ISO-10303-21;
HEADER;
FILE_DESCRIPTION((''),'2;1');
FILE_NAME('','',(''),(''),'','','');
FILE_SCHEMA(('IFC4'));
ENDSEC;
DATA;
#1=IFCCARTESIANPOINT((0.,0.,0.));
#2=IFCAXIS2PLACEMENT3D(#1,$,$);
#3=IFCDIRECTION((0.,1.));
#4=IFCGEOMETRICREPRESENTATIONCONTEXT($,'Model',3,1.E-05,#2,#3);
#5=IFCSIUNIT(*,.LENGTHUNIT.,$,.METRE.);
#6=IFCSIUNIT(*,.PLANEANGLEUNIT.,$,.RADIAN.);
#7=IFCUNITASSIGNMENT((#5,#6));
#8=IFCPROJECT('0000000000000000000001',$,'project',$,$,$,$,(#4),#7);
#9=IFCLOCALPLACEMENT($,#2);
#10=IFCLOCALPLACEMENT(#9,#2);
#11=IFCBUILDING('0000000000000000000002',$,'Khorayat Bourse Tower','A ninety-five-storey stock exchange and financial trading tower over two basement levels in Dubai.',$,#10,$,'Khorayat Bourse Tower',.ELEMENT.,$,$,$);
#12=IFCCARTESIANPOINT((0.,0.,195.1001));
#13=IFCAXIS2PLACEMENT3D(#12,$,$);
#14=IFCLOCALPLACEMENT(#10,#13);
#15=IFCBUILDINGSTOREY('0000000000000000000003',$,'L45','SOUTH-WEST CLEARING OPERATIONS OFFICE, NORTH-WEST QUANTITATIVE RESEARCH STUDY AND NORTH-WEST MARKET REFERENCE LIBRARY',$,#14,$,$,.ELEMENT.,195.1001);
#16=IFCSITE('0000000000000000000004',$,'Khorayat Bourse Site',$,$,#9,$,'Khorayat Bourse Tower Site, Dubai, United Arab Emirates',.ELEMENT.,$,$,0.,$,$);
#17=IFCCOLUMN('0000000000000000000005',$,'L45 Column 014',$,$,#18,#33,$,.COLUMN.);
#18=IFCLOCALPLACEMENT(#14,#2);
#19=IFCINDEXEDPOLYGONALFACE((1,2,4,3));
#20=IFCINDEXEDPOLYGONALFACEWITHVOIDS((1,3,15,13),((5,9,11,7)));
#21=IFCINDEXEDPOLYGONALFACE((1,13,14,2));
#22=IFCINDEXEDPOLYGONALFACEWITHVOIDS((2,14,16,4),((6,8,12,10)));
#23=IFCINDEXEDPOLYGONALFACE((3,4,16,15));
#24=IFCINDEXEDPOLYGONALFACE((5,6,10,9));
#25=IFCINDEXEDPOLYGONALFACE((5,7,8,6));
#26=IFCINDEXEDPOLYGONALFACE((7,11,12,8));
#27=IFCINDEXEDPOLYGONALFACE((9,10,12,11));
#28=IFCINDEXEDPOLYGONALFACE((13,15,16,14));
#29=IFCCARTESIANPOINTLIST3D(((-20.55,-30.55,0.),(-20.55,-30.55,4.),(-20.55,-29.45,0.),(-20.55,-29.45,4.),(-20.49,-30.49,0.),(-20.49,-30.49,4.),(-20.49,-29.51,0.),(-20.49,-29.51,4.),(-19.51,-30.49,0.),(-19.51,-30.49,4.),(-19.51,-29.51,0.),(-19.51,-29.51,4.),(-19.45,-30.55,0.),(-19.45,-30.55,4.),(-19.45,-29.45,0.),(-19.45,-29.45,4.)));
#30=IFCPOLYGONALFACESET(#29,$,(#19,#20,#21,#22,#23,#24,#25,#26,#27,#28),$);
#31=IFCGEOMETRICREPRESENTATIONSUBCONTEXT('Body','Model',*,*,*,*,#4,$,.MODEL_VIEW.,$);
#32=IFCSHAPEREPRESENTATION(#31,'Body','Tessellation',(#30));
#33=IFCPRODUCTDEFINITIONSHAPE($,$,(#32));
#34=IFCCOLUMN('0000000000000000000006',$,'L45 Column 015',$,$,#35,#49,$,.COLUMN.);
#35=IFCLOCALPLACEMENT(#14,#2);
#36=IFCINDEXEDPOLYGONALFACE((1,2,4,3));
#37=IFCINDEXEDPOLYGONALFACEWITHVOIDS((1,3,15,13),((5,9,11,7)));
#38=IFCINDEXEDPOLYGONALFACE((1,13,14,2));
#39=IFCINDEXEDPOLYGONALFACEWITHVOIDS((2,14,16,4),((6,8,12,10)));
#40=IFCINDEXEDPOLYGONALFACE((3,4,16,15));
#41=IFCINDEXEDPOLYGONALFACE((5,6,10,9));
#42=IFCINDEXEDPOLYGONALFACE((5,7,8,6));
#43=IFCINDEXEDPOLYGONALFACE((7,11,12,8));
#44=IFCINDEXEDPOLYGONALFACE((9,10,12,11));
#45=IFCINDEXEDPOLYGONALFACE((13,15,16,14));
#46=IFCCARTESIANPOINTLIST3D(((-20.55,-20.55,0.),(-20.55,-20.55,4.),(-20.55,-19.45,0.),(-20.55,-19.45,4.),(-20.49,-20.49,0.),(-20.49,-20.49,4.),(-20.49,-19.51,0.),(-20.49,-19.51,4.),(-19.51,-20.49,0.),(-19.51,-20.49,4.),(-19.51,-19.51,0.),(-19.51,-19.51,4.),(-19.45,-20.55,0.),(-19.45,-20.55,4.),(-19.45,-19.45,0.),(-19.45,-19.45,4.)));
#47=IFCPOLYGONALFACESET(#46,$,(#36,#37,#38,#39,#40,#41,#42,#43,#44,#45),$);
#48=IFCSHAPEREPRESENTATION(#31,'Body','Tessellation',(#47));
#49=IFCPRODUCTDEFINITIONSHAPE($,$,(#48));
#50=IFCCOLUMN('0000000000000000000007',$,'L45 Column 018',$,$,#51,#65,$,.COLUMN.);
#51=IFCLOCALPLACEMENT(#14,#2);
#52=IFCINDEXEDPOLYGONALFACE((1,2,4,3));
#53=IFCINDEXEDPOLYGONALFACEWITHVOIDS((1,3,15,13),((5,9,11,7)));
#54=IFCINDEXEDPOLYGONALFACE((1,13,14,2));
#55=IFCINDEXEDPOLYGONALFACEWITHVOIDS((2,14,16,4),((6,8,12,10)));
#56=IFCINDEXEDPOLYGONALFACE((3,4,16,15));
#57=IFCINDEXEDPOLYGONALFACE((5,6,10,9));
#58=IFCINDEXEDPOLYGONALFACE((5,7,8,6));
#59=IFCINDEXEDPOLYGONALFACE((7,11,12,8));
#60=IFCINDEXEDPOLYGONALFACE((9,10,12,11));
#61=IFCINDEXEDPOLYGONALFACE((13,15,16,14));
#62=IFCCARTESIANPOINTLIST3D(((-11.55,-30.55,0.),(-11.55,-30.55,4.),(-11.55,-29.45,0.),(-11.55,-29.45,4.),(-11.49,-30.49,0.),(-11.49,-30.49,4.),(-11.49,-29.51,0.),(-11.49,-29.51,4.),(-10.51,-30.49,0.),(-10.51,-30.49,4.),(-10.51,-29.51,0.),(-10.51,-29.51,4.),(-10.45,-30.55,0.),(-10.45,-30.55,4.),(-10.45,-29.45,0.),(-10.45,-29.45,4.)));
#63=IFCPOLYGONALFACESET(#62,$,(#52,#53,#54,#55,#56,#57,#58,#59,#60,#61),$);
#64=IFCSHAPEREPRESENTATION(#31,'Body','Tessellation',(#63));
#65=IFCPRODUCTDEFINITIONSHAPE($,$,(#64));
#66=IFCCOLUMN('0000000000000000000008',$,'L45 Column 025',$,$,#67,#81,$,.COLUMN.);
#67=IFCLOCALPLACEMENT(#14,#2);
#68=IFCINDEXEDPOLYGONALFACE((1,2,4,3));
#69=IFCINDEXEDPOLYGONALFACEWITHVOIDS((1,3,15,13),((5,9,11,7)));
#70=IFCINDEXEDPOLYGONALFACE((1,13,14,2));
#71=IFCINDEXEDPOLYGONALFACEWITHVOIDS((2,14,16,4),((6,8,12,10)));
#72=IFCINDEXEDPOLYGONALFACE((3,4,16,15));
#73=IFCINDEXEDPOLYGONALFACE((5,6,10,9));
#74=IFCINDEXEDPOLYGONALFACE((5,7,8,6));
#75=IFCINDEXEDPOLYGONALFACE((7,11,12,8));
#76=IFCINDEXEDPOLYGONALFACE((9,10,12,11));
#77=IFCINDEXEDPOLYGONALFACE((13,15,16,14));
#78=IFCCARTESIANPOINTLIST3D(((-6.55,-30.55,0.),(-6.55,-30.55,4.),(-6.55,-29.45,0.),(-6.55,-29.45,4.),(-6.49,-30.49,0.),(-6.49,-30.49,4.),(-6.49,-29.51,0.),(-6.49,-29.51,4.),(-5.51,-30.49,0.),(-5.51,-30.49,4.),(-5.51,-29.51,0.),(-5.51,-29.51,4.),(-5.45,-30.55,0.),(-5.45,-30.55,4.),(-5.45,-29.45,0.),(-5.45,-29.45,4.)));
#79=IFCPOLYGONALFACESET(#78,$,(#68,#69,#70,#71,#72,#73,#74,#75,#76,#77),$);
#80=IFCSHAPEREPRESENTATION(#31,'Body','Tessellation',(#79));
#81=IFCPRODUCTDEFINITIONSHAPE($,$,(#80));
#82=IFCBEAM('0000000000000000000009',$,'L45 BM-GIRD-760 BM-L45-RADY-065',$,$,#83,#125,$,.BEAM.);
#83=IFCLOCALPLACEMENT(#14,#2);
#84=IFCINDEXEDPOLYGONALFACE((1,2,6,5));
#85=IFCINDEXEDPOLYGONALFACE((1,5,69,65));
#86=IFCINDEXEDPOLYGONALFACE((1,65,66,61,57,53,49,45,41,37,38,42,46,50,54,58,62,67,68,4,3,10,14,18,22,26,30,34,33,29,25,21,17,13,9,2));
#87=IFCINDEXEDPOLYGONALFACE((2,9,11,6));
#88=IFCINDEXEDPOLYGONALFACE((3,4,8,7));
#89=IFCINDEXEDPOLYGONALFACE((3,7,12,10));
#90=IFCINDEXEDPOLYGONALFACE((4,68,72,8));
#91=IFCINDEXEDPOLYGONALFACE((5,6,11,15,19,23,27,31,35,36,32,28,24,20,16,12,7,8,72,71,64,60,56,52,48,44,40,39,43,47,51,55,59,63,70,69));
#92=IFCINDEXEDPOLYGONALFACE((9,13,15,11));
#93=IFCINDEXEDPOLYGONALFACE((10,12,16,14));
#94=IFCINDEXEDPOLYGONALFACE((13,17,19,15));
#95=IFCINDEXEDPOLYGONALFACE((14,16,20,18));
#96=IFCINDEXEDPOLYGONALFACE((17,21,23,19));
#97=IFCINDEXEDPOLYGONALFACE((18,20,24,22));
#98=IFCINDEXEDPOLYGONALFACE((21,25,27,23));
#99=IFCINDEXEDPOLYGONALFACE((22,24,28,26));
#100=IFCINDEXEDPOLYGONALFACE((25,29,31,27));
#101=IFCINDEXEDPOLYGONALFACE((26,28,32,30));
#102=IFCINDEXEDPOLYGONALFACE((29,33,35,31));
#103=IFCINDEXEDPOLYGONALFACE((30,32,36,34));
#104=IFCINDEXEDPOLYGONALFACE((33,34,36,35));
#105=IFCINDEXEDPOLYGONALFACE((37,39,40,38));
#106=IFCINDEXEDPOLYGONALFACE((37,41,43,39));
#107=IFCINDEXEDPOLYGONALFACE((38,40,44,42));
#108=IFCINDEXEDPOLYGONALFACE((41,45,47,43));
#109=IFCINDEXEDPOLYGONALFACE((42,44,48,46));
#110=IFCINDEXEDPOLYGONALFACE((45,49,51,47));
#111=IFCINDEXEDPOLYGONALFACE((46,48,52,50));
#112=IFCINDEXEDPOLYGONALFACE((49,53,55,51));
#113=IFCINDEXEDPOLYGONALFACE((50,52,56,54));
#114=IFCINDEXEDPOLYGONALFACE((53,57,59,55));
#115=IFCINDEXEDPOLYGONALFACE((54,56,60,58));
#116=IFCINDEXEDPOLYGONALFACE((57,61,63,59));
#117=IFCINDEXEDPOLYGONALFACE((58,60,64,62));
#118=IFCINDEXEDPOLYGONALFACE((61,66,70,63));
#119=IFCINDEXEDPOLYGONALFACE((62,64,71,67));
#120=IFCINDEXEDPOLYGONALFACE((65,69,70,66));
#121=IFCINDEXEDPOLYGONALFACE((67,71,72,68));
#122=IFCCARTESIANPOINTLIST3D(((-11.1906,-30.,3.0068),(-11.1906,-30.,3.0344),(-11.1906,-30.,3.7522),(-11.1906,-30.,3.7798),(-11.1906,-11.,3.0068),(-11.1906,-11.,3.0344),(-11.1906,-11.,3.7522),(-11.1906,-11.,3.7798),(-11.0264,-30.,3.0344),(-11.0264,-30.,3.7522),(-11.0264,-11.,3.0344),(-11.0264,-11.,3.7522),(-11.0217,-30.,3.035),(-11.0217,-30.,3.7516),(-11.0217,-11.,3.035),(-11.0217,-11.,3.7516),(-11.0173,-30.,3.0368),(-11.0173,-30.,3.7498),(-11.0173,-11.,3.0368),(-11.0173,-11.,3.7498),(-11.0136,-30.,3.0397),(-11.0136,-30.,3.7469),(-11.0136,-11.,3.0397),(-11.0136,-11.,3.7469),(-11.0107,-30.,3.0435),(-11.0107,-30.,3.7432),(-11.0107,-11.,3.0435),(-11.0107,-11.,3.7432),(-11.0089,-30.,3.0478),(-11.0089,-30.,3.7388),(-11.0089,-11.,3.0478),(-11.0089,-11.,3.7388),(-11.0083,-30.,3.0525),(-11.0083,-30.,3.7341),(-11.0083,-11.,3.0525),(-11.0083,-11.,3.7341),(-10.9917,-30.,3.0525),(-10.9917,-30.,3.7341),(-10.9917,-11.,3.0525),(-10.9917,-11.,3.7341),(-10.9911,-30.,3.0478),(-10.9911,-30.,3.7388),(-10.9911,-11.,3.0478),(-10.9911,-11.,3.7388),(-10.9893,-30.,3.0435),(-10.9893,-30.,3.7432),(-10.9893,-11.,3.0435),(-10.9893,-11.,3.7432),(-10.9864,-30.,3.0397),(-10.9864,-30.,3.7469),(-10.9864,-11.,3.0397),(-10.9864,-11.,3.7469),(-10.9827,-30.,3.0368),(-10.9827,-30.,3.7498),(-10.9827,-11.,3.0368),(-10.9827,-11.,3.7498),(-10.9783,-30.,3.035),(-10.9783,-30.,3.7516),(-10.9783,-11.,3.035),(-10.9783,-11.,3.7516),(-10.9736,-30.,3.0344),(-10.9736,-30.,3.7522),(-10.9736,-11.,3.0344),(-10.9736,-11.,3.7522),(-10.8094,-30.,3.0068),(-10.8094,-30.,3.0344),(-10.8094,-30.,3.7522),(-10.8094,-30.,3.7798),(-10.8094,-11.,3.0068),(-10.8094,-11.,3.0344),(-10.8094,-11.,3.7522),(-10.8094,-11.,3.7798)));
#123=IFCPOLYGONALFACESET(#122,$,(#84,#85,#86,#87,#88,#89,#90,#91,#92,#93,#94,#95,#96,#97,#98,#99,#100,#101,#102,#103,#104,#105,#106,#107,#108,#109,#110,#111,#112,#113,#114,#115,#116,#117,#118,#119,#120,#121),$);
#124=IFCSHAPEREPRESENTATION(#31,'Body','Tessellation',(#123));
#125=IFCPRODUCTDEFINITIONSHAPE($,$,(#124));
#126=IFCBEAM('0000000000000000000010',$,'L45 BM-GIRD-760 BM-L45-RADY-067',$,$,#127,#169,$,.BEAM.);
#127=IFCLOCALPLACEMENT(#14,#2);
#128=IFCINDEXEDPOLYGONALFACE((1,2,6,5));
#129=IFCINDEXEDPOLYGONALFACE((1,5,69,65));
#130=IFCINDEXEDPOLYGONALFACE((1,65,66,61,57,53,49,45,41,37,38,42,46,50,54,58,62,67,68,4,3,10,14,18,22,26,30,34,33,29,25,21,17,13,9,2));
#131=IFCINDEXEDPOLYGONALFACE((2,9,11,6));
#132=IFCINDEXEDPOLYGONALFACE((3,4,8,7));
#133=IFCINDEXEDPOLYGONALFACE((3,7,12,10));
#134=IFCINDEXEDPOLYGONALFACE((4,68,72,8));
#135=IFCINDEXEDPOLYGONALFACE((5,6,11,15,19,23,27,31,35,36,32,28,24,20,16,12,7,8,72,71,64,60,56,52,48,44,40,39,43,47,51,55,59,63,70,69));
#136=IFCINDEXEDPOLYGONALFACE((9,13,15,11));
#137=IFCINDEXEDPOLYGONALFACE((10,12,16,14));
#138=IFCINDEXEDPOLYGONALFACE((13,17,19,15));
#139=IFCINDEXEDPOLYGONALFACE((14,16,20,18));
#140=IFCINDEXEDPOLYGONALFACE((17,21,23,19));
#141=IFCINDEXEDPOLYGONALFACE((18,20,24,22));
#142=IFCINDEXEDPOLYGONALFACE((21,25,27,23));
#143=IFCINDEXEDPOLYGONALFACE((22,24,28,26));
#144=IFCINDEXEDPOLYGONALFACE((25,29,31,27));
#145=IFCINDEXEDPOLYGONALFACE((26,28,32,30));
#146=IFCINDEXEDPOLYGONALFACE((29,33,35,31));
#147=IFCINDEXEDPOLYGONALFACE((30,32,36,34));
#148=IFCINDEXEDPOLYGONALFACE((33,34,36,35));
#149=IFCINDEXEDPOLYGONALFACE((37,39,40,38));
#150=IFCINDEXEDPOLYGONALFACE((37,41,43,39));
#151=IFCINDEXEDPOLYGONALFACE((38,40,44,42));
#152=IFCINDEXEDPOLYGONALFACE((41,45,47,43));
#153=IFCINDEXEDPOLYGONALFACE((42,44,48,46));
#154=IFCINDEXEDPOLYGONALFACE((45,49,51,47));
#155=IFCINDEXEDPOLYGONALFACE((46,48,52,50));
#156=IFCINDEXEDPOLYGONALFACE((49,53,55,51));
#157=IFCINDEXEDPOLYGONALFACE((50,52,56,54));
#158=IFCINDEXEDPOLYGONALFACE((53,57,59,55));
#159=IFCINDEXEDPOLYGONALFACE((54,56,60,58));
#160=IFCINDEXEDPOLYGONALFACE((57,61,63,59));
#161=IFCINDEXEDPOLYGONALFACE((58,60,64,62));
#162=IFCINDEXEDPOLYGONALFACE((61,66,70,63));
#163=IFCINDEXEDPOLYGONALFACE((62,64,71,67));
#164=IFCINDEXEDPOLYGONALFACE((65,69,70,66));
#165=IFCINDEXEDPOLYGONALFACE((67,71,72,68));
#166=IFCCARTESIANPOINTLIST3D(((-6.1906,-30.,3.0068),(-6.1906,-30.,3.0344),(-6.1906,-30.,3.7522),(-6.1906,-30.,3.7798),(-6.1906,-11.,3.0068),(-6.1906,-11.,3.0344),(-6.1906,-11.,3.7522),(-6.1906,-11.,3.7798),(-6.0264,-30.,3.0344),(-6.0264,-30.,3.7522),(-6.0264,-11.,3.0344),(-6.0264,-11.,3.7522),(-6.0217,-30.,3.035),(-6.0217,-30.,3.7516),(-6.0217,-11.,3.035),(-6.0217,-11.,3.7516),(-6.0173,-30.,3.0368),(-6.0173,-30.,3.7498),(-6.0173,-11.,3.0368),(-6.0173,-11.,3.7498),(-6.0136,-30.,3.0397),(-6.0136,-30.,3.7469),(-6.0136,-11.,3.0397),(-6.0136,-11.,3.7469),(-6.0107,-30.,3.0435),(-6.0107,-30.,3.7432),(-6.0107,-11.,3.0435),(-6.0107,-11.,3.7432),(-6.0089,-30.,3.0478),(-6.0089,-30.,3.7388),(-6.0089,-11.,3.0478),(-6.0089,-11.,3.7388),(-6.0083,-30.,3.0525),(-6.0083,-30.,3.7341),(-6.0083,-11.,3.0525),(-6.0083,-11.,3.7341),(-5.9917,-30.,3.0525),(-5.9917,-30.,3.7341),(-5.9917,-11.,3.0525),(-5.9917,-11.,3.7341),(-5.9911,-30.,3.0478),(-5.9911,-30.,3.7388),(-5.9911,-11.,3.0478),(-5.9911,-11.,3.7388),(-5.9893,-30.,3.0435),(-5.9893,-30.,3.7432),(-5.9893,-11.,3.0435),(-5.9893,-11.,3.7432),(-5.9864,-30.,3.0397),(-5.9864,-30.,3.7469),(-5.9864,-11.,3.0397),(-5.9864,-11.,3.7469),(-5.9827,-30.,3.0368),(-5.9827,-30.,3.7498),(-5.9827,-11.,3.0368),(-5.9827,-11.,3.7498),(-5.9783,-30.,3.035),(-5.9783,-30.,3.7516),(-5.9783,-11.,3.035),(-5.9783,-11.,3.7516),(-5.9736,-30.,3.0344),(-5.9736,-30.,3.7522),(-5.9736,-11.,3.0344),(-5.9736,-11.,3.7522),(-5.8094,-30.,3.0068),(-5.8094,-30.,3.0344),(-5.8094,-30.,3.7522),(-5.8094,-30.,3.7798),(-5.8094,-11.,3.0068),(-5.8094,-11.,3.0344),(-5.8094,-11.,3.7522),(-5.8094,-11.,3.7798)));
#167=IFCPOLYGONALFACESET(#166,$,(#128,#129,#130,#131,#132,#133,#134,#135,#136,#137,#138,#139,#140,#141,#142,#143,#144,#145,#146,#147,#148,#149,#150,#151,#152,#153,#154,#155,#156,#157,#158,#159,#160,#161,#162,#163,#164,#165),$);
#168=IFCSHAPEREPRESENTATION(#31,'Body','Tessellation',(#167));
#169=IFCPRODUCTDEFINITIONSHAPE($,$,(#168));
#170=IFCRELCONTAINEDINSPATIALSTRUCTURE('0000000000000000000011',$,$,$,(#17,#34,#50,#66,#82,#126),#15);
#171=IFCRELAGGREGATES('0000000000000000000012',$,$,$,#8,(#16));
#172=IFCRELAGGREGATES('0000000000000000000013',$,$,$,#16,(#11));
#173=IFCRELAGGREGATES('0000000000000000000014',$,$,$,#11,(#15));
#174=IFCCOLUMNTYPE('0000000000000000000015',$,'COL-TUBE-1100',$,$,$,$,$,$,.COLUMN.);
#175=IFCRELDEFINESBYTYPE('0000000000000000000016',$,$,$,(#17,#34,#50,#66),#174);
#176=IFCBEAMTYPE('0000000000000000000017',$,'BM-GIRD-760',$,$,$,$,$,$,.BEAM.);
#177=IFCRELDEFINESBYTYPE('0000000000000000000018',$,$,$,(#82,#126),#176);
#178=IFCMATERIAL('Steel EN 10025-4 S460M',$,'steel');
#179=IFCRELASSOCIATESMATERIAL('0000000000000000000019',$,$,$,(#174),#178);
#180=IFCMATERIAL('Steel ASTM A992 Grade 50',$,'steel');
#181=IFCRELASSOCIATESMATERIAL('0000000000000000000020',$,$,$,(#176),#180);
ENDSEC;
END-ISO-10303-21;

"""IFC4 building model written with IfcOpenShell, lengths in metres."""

from ifc_helpers import new_model, si_unit, direction, frame, origin, origin_2d, place, context, subcontext, project, spatial, hollow_rectangle, i_section, extrude, source, transform, mapped, material, material_profile, profile_set, type_object, element, save


model = new_model("IFC4")

# Units and contexts
model_context = context("Model", 3, precision=1e-05, world=origin(), true_north=direction((0.0, 1.0)))
body_context = subcontext(model_context, "Body", "Model", "MODEL_VIEW")
ifc_project = project(units=[si_unit("LENGTHUNIT", "METRE"), si_unit("PLANEANGLEUNIT", "RADIAN")], contexts=[model_context])

# Site, building, storey
site_placement = place(None, origin())
site = spatial("IfcSite", under=ifc_project, at=site_placement, Name="Khorayat Bourse Site", LongName="Khorayat Bourse Tower Site, Dubai, United Arab Emirates", CompositionType="ELEMENT", RefElevation=0.0)
building_placement = place(site_placement, origin())
building = spatial("IfcBuilding", under=site, at=building_placement, Name="Khorayat Bourse Tower", Description="A ninety-five-storey stock exchange and financial trading tower over two basement levels in Dubai.", LongName="Khorayat Bourse Tower", CompositionType="ELEMENT")
storey_placement = place(building_placement, frame((0.0, 0.0, 195.1001)))
storey = spatial("IfcBuildingStorey", under=building, at=storey_placement, Name="L45", Description="SOUTH-WEST CLEARING OPERATIONS OFFICE, NORTH-WEST QUANTITATIVE RESEARCH STUDY AND NORTH-WEST MARKET REFERENCE LIBRARY", CompositionType="ELEMENT", Elevation=195.1001)

# Columns
ifc_material_1 = material(Name="Steel EN 10025-4 S460M", Category="steel")
ifc_material_profile_1 = material_profile(ifc_material_1, hollow_rectangle(XDim=1.1001, YDim=1.1001, WallThickness=0.0601, at=origin_2d()), Name="BOX 1100x1100x60")
ifc_profile_set_1 = profile_set([ifc_material_profile_1], Name="Steel EN 10025-4 S460M")
column_type = type_object("IfcColumnType", Name="COL-TUBE-1100", PredefinedType="COLUMN", material=ifc_profile_set_1)
shared_shape_1 = source(origin(), body_context, "Body", "SweptSolid", [
    extrude(hollow_rectangle(XDim=1.1001, YDim=1.1001, WallThickness=0.0601, at=origin_2d()), origin(), (0.0, 0.0, 1.0), 4.0),
])
for number, where, z_axis, x_axis, name in (
    (1, (-20.0, -30.0, 0.0), (0.0, 0.0, 1.0), (1.0, 0.0, 0.0), "L45 Column 014"),
    (2, (-20.0, -20.0, 0.0), (0.0, 0.0, 1.0), (1.0, 0.0, 0.0), "L45 Column 015"),
    (3, (-11.0, -30.0, 0.0), (0.0, 0.0, 1.0), (1.0, 0.0, 0.0), "L45 Column 018"),
    (4, (-6.0, -30.0, 0.0), (0.0, 0.0, 1.0), (1.0, 0.0, 0.0), "L45 Column 025"),
):
    element("IfcColumn", number, at=place(storey_placement, frame(where, z_axis=z_axis, x_axis=x_axis)), inside=storey, type_object=column_type, Name=name, PredefinedType="COLUMN", context=body_context, shape_type="MappedRepresentation", body=[
        mapped(shared_shape_1, transform((0.0, 0.0, 0.0), scale=1.0)),
    ])

# Beams
ifc_material_2 = material(Name="Steel ASTM A992 Grade 50", Category="steel")
ifc_material_profile_2 = material_profile(ifc_material_2, i_section(OverallWidth=0.3811, OverallDepth=0.7729, WebThickness=0.0166, FlangeThickness=0.0276, FilletRadius=0.0181, at=origin_2d()), Name="W760X257")
ifc_profile_set_2 = profile_set([ifc_material_profile_2], Name="Steel ASTM A992 Grade 50")
beam_type_1 = type_object("IfcBeamType", Name="BM-GIRD-760", PredefinedType="BEAM", material=ifc_profile_set_2)
shared_shape_2 = source(origin(), body_context, "Body", "SweptSolid", [
    extrude(i_section(OverallWidth=0.3811, OverallDepth=0.7729, WebThickness=0.0166, FlangeThickness=0.0276, FilletRadius=0.0181, at=origin_2d()), origin(), (0.0, 0.0, 1.0), 19.0),
])
for number, where, z_axis, x_axis, name in (
    (5, (-11.0, -30.0, 3.3933), (0.0, 1.0, 0.0), (-1.0, 0.0, 0.0), "L45 BM-GIRD-760 BM-L45-RADY-065"),
    (6, (-6.0, -30.0, 3.3933), (0.0, 1.0, 0.0), (-1.0, 0.0, 0.0), "L45 BM-GIRD-760 BM-L45-RADY-067"),
):
    element("IfcBeam", number, at=place(storey_placement, frame(where, z_axis=z_axis, x_axis=x_axis)), inside=storey, type_object=beam_type_1, Name=name, PredefinedType="BEAM", context=body_context, shape_type="MappedRepresentation", body=[
        mapped(shared_shape_2, transform((0.0, 0.0, 0.0), scale=1.0)),
    ])

save(model, "model.ifc")
